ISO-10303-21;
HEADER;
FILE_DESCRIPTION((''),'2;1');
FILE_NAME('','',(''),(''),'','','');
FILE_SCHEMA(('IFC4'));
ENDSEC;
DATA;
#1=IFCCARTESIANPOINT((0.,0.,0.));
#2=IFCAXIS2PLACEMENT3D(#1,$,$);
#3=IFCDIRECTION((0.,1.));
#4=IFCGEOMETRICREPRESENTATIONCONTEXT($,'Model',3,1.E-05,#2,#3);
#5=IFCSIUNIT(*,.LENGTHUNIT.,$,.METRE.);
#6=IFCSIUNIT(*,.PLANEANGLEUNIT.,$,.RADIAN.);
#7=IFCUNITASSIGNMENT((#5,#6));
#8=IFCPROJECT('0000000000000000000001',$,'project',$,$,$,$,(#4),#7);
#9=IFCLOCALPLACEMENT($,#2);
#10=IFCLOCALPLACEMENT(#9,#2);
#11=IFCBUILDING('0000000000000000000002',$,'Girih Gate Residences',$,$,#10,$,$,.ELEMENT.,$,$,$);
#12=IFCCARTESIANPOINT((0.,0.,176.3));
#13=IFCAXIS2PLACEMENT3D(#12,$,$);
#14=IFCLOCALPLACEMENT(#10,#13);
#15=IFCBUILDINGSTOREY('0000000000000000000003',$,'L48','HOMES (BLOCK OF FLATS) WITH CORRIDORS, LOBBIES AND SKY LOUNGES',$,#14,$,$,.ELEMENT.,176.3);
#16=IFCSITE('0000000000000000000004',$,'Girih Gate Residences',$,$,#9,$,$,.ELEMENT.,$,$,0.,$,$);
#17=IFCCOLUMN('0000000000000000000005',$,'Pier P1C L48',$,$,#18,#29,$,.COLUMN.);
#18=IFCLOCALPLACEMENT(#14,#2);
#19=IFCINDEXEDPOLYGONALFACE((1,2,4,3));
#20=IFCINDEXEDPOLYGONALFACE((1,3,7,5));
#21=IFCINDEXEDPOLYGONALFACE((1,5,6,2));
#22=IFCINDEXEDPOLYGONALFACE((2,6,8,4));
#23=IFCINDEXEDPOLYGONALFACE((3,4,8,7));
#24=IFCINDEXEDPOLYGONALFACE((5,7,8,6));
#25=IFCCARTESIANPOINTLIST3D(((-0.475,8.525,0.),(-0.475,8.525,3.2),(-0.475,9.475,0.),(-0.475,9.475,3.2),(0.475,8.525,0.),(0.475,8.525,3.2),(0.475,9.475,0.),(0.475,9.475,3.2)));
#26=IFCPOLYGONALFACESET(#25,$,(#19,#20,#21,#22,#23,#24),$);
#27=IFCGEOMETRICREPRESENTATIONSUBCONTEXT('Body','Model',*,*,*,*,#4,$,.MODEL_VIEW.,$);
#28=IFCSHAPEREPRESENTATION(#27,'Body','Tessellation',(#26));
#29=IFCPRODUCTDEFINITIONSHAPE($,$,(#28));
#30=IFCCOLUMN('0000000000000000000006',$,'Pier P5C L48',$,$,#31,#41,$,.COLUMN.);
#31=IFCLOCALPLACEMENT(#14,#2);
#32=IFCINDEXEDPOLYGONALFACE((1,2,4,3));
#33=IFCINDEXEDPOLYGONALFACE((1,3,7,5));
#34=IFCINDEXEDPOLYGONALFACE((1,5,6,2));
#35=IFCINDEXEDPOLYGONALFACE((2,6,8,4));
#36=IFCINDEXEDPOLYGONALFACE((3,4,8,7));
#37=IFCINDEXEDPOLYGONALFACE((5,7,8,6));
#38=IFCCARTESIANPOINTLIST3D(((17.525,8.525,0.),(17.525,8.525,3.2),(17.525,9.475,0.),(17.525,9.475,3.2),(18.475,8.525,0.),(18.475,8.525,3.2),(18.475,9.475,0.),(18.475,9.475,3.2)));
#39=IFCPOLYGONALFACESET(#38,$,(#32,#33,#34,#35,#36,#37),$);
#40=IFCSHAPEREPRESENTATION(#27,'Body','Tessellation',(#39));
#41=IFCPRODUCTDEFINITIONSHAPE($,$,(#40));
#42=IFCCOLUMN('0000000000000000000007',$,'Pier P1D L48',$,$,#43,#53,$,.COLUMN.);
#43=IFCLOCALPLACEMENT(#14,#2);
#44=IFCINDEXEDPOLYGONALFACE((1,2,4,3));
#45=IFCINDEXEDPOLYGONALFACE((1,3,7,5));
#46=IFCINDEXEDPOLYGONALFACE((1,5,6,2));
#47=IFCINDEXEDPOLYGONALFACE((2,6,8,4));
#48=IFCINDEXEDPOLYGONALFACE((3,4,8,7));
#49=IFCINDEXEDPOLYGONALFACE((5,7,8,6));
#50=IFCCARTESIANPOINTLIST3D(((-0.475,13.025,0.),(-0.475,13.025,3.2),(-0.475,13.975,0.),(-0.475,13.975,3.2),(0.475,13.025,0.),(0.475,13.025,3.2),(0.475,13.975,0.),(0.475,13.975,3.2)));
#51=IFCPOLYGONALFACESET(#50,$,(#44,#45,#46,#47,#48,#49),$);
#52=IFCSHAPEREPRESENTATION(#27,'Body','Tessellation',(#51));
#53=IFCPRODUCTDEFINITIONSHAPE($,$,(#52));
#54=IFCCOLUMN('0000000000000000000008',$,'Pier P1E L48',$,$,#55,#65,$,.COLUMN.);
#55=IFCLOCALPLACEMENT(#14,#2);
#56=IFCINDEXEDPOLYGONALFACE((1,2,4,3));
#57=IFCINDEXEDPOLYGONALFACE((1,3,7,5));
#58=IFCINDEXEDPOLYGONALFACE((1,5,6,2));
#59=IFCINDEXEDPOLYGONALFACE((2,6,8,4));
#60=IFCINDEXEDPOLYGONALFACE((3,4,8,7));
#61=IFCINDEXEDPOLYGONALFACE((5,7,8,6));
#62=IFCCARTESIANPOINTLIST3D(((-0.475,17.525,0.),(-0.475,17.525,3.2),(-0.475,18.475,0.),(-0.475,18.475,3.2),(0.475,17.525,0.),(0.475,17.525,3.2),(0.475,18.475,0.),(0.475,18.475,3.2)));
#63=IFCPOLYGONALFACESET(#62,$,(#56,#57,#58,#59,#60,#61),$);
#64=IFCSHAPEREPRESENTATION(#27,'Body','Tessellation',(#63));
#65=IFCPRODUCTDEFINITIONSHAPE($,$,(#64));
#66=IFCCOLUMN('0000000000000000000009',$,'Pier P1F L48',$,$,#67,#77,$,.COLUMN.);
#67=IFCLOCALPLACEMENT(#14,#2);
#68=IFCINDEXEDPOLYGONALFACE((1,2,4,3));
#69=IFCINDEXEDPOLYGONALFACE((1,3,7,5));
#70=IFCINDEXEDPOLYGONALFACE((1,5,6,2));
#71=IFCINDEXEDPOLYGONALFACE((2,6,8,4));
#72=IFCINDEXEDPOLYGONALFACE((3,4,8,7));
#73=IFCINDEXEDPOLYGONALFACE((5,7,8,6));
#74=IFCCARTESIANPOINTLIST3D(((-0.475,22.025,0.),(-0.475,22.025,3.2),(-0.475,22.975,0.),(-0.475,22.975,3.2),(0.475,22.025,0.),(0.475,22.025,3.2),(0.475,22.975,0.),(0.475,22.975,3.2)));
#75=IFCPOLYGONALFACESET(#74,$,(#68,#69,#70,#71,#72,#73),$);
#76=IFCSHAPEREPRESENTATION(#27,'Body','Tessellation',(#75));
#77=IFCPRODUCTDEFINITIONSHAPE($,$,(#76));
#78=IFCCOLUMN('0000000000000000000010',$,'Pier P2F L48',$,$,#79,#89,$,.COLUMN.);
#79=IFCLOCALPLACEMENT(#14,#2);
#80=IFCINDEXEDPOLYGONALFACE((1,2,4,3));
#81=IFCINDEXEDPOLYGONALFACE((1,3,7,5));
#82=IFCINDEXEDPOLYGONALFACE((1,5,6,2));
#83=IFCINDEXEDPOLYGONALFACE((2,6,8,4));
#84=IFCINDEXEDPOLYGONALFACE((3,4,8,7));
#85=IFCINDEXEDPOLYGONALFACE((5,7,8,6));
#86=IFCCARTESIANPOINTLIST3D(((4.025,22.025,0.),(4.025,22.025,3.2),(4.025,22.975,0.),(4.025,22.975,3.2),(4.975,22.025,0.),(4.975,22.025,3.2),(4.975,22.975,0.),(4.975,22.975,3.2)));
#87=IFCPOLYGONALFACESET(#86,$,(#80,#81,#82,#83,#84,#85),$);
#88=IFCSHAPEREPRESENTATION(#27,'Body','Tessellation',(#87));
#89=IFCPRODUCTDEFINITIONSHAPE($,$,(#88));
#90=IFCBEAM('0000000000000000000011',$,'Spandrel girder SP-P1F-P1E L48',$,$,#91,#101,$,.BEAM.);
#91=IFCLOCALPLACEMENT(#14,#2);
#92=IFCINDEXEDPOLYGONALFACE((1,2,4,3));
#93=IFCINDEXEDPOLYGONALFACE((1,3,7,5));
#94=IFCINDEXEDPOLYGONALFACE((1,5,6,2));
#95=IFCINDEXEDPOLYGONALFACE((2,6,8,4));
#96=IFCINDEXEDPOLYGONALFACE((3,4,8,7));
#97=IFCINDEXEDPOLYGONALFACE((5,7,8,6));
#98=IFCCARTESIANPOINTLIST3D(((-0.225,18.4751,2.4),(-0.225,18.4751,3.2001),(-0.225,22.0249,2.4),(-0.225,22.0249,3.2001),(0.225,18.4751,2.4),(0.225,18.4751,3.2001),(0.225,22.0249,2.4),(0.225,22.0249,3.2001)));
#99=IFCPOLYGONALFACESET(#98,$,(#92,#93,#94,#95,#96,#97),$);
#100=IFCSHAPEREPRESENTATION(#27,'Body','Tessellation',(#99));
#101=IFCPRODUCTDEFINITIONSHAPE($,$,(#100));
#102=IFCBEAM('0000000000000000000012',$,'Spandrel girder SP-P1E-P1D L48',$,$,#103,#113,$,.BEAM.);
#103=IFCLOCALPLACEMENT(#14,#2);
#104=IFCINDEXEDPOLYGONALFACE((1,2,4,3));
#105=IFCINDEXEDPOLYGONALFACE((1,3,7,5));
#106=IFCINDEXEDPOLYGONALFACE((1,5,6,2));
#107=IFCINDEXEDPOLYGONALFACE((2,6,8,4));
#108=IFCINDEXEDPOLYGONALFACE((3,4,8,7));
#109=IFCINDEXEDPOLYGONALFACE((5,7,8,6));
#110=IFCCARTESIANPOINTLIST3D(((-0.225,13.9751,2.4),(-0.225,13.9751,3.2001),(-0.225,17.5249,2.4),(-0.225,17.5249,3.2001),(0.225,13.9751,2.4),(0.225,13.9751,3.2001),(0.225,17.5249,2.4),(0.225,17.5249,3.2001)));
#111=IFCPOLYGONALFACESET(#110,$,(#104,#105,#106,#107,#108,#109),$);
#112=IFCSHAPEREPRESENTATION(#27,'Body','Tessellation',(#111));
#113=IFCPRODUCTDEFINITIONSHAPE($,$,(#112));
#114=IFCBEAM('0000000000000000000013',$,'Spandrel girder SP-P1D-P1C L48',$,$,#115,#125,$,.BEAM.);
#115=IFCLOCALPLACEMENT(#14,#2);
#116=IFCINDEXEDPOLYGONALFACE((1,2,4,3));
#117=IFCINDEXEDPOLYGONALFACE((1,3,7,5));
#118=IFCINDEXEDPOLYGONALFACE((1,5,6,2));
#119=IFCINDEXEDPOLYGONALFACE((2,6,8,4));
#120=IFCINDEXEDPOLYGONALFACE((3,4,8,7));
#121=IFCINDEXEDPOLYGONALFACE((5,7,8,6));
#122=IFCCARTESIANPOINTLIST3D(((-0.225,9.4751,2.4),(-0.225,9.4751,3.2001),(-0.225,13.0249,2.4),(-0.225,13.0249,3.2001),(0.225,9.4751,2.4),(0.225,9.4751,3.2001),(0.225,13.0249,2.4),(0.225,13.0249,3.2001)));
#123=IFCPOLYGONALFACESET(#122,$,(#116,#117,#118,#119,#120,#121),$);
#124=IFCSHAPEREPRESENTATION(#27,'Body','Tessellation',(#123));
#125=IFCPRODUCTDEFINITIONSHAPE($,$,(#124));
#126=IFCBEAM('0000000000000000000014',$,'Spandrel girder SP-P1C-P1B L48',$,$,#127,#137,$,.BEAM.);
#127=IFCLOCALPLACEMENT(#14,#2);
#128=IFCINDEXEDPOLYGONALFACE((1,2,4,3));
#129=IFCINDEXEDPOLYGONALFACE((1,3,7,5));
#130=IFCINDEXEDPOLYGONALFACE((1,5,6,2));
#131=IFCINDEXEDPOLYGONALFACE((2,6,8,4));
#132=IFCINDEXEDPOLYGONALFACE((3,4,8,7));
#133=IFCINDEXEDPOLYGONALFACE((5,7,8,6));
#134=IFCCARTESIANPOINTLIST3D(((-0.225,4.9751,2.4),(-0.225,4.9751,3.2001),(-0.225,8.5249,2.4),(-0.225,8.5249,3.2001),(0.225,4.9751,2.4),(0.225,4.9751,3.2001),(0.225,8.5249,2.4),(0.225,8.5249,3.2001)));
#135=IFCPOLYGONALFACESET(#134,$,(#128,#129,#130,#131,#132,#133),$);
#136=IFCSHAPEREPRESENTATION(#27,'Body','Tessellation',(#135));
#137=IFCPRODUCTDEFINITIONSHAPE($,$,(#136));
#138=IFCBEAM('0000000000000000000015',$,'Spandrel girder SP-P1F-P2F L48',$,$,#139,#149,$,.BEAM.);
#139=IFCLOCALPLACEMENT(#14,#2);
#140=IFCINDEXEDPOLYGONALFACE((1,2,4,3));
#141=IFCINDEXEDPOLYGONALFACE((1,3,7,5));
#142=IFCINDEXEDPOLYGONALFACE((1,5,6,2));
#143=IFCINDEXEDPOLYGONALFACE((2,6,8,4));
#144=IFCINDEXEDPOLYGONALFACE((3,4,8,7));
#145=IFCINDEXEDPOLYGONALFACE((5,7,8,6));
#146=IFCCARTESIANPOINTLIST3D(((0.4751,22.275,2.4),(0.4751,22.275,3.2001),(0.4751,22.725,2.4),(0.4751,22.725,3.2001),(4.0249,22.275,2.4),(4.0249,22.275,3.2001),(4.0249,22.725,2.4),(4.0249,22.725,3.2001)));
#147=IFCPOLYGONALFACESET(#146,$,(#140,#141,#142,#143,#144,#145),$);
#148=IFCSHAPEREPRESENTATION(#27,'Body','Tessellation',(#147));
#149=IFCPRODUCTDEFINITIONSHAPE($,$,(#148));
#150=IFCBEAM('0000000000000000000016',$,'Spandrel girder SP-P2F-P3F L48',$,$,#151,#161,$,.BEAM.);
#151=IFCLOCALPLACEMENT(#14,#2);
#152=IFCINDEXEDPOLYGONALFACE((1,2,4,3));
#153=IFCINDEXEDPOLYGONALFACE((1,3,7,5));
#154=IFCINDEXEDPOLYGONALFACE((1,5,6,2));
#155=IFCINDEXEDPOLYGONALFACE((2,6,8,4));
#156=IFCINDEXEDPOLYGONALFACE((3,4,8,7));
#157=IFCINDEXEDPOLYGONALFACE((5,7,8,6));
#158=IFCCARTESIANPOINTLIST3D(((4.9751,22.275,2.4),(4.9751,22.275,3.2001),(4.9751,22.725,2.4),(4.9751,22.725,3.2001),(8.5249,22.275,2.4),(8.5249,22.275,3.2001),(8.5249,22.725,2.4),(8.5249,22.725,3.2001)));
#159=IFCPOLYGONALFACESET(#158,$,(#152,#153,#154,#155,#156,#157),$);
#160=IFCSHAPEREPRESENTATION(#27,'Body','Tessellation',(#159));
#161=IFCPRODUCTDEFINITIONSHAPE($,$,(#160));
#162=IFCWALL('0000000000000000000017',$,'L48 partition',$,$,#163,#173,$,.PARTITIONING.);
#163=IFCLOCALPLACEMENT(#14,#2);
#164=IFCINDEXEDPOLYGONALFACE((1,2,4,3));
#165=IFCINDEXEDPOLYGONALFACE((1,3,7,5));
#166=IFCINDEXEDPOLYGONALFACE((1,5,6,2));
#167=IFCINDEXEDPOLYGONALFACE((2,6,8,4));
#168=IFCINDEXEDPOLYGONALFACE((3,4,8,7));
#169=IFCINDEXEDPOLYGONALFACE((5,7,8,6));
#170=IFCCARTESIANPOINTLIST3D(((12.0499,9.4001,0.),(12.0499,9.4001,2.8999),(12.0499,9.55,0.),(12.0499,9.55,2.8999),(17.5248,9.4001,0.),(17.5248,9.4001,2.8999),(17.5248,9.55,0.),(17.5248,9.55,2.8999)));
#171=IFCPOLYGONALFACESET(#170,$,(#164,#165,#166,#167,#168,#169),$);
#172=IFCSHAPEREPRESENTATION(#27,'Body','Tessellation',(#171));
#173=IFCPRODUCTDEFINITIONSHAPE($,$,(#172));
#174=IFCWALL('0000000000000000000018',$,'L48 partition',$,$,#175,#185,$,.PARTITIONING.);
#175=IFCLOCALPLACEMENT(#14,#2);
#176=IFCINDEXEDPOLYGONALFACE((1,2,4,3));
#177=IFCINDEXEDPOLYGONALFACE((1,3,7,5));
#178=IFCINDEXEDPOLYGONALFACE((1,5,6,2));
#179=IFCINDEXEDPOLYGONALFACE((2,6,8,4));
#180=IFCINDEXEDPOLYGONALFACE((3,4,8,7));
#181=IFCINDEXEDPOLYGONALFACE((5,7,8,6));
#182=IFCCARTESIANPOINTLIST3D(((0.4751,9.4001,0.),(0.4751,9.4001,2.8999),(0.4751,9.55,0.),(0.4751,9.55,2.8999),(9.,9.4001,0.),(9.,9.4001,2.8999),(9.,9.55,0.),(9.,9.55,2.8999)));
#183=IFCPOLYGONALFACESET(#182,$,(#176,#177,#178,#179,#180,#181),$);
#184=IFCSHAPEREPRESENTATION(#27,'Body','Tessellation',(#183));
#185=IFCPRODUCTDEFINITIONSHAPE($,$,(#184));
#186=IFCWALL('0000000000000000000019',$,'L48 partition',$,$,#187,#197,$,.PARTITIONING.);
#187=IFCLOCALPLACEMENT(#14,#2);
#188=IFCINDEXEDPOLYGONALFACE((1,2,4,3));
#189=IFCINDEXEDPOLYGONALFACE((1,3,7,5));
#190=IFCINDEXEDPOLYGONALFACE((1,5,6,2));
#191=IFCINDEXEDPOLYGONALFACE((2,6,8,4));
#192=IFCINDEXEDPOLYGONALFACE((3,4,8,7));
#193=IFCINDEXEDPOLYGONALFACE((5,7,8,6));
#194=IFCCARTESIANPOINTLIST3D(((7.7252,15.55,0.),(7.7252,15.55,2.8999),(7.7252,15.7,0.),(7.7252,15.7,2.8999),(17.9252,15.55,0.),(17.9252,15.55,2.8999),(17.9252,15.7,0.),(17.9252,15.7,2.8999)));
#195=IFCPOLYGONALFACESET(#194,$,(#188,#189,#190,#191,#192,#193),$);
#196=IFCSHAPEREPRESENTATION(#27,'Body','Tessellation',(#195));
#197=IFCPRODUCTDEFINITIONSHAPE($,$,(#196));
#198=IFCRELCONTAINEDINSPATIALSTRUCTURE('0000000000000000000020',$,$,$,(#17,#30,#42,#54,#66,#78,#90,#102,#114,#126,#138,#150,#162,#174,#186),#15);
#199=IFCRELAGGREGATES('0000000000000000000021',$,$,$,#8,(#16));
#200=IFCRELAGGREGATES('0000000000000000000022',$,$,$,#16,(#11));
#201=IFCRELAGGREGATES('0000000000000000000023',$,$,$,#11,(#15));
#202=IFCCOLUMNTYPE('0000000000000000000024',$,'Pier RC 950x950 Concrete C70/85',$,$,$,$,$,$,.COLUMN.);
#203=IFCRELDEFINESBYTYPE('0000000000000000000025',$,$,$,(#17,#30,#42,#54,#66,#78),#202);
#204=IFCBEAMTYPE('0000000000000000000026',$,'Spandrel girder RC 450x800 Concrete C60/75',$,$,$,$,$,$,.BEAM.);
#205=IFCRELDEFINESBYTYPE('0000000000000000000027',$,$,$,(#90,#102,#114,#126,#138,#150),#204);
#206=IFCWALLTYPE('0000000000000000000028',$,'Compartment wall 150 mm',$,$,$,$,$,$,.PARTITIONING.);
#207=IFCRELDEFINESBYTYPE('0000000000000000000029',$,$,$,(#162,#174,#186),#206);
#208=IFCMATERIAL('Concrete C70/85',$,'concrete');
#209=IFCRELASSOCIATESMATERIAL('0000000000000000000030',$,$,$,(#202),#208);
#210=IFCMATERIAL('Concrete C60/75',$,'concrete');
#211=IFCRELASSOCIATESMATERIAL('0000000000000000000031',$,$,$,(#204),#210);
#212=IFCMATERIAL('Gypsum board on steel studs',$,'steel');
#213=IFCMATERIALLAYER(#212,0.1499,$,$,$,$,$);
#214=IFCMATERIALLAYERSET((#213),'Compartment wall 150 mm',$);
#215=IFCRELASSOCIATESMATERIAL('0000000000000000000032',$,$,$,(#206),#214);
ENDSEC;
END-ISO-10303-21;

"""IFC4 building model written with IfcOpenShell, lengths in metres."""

from ifc_helpers import new_model, si_unit, direction, frame, frame_2d, origin, origin_2d, place, context, subcontext, project, spatial, rectangle, extrude, material, layer, layer_set, material_profile, profile_set, type_object, element, save


model = new_model("IFC4")

# Units and contexts
model_context = context("Model", 3, precision=1e-05, world=origin(), true_north=direction((0.0, 1.0)))
body_context = subcontext(model_context, "Body", "Model", "MODEL_VIEW")
ifc_project = project(units=[si_unit("LENGTHUNIT", "METRE"), si_unit("PLANEANGLEUNIT", "RADIAN")], contexts=[model_context])

# Site, building, storey
site_placement = place(None, origin())
site = spatial("IfcSite", under=ifc_project, at=site_placement, Name="Girih Gate Residences", CompositionType="ELEMENT", RefElevation=0.0)
building_placement = place(site_placement, origin())
building = spatial("IfcBuilding", under=site, at=building_placement, Name="Girih Gate Residences", CompositionType="ELEMENT")
storey_placement = place(building_placement, frame((0.0, 0.0, 176.3)))
storey = spatial("IfcBuildingStorey", under=building, at=storey_placement, Name="L48", Description="HOMES (BLOCK OF FLATS) WITH CORRIDORS, LOBBIES AND SKY LOUNGES", CompositionType="ELEMENT", Elevation=176.3)

# Columns
ifc_material_1 = material(Name="Concrete C70/85", Category="concrete")
ifc_material_profile_1 = material_profile(ifc_material_1, rectangle(XDim=0.95, YDim=0.95, at=origin_2d()))
ifc_profile_set_1 = profile_set([ifc_material_profile_1], Name="Concrete C70/85")
column_type = type_object("IfcColumnType", Name="Pier RC 950x950 Concrete C70/85", PredefinedType="COLUMN", material=ifc_profile_set_1)
for number, where, z_axis, x_axis, name in (
    (1, (0.0, 9.0, 0.0), (0.0, 0.0, 1.0), (1.0, 0.0, 0.0), "Pier P1C L48"),
    (2, (18.0, 9.0, 0.0), (0.0, 0.0, 1.0), (1.0, 0.0, 0.0), "Pier P5C L48"),
    (3, (0.0, 13.5, 0.0), (0.0, 0.0, 1.0), (1.0, 0.0, 0.0), "Pier P1D L48"),
    (4, (0.0, 18.0, 0.0), (0.0, 0.0, 1.0), (1.0, 0.0, 0.0), "Pier P1E L48"),
    (5, (0.0, 22.5, 0.0), (0.0, 0.0, 1.0), (1.0, 0.0, 0.0), "Pier P1F L48"),
    (6, (4.5, 22.5, 0.0), (0.0, 0.0, 1.0), (1.0, 0.0, 0.0), "Pier P2F L48"),
):
    element("IfcColumn", number, at=place(storey_placement, frame(where, z_axis=z_axis, x_axis=x_axis)), inside=storey, type_object=column_type, Name=name, PredefinedType="COLUMN", context=body_context, shape_type="SweptSolid", body=[
        extrude(rectangle(XDim=0.95, YDim=0.95, at=origin_2d()), origin(), (0.0, 0.0, 1.0), 3.2),
    ])

# Beams
ifc_material_2 = material(Name="Concrete C60/75", Category="concrete")
ifc_material_profile_2 = material_profile(ifc_material_2, rectangle(XDim=0.45, YDim=0.8, at=origin_2d()))
ifc_profile_set_2 = profile_set([ifc_material_profile_2], Name="Concrete C60/75")
beam_type = type_object("IfcBeamType", Name="Spandrel girder RC 450x800 Concrete C60/75", PredefinedType="BEAM", material=ifc_profile_set_2)
for number, where, z_axis, x_axis, name in (
    (7, (0.0, 22.0249, 2.8), (0.0, -1.0, 0.0), (1.0, 0.0, 0.0), "Spandrel girder SP-P1F-P1E L48"),
    (8, (0.0, 17.5249, 2.8), (0.0, -1.0, 0.0), (1.0, 0.0, 0.0), "Spandrel girder SP-P1E-P1D L48"),
    (9, (0.0, 13.0249, 2.8), (0.0, -1.0, 0.0), (1.0, 0.0, 0.0), "Spandrel girder SP-P1D-P1C L48"),
    (10, (0.0, 8.5249, 2.8), (0.0, -1.0, 0.0), (1.0, 0.0, 0.0), "Spandrel girder SP-P1C-P1B L48"),
    (11, (0.4751, 22.5, 2.8), (1.0, 0.0, 0.0), (0.0, 1.0, 0.0), "Spandrel girder SP-P1F-P2F L48"),
    (12, (4.9751, 22.5, 2.8), (1.0, 0.0, 0.0), (0.0, 1.0, 0.0), "Spandrel girder SP-P2F-P3F L48"),
):
    element("IfcBeam", number, at=place(storey_placement, frame(where, z_axis=z_axis, x_axis=x_axis)), inside=storey, type_object=beam_type, Name=name, PredefinedType="BEAM", context=body_context, shape_type="SweptSolid", body=[
        extrude(rectangle(XDim=0.45, YDim=0.8, at=origin_2d()), origin(), (0.0, 0.0, 1.0), 3.5498),
    ])

# Shared definitions
ifc_material_3 = material(Name="Gypsum board on steel studs", Category="steel")
ifc_layer_1 = layer(ifc_material_3, 0.1499)
ifc_layer_set_1 = layer_set([ifc_layer_1], Name="Compartment wall 150 mm")
wall_type_1 = type_object("IfcWallType", Name="Compartment wall 150 mm", PredefinedType="PARTITIONING", material=ifc_layer_set_1)

# Walls
wall_1_placement = place(storey_placement, frame((12.05, 9.4751, 0.0), z_axis=(0.0, 0.0, 1.0), x_axis=(1.0, 0.0, 0.0)))
element("IfcWall", 13, at=wall_1_placement, inside=storey, type_object=wall_type_1, Name="L48 partition", PredefinedType="PARTITIONING", context=body_context, shape_type="SweptSolid", body=[
    extrude(rectangle(XDim=5.4749, YDim=0.1499, at=frame_2d((2.7373, 0.0))), origin(), (0.0, 0.0, 1.0), 2.8999),
])
wall_2_placement = place(storey_placement, frame((0.4751, 9.4751, 0.0), z_axis=(0.0, 0.0, 1.0), x_axis=(1.0, 0.0, 0.0)))
element("IfcWall", 14, at=wall_2_placement, inside=storey, type_object=wall_type_1, Name="L48 partition", PredefinedType="PARTITIONING", context=body_context, shape_type="SweptSolid", body=[
    extrude(rectangle(XDim=8.5249, YDim=0.1499, at=frame_2d((4.2625, 0.0))), origin(), (0.0, 0.0, 1.0), 2.8999),
])
wall_3_placement = place(storey_placement, frame((7.7251, 15.625, 0.0), z_axis=(0.0, 0.0, 1.0), x_axis=(1.0, 0.0, 0.0)))
element("IfcWall", 15, at=wall_3_placement, inside=storey, type_object=wall_type_1, Name="L48 partition", PredefinedType="PARTITIONING", context=body_context, shape_type="SweptSolid", body=[
    extrude(rectangle(XDim=10.2, YDim=0.1499, at=frame_2d((5.1001, 0.0))), origin(), (0.0, 0.0, 1.0), 2.8999),
])

save(model, "model.ifc")
